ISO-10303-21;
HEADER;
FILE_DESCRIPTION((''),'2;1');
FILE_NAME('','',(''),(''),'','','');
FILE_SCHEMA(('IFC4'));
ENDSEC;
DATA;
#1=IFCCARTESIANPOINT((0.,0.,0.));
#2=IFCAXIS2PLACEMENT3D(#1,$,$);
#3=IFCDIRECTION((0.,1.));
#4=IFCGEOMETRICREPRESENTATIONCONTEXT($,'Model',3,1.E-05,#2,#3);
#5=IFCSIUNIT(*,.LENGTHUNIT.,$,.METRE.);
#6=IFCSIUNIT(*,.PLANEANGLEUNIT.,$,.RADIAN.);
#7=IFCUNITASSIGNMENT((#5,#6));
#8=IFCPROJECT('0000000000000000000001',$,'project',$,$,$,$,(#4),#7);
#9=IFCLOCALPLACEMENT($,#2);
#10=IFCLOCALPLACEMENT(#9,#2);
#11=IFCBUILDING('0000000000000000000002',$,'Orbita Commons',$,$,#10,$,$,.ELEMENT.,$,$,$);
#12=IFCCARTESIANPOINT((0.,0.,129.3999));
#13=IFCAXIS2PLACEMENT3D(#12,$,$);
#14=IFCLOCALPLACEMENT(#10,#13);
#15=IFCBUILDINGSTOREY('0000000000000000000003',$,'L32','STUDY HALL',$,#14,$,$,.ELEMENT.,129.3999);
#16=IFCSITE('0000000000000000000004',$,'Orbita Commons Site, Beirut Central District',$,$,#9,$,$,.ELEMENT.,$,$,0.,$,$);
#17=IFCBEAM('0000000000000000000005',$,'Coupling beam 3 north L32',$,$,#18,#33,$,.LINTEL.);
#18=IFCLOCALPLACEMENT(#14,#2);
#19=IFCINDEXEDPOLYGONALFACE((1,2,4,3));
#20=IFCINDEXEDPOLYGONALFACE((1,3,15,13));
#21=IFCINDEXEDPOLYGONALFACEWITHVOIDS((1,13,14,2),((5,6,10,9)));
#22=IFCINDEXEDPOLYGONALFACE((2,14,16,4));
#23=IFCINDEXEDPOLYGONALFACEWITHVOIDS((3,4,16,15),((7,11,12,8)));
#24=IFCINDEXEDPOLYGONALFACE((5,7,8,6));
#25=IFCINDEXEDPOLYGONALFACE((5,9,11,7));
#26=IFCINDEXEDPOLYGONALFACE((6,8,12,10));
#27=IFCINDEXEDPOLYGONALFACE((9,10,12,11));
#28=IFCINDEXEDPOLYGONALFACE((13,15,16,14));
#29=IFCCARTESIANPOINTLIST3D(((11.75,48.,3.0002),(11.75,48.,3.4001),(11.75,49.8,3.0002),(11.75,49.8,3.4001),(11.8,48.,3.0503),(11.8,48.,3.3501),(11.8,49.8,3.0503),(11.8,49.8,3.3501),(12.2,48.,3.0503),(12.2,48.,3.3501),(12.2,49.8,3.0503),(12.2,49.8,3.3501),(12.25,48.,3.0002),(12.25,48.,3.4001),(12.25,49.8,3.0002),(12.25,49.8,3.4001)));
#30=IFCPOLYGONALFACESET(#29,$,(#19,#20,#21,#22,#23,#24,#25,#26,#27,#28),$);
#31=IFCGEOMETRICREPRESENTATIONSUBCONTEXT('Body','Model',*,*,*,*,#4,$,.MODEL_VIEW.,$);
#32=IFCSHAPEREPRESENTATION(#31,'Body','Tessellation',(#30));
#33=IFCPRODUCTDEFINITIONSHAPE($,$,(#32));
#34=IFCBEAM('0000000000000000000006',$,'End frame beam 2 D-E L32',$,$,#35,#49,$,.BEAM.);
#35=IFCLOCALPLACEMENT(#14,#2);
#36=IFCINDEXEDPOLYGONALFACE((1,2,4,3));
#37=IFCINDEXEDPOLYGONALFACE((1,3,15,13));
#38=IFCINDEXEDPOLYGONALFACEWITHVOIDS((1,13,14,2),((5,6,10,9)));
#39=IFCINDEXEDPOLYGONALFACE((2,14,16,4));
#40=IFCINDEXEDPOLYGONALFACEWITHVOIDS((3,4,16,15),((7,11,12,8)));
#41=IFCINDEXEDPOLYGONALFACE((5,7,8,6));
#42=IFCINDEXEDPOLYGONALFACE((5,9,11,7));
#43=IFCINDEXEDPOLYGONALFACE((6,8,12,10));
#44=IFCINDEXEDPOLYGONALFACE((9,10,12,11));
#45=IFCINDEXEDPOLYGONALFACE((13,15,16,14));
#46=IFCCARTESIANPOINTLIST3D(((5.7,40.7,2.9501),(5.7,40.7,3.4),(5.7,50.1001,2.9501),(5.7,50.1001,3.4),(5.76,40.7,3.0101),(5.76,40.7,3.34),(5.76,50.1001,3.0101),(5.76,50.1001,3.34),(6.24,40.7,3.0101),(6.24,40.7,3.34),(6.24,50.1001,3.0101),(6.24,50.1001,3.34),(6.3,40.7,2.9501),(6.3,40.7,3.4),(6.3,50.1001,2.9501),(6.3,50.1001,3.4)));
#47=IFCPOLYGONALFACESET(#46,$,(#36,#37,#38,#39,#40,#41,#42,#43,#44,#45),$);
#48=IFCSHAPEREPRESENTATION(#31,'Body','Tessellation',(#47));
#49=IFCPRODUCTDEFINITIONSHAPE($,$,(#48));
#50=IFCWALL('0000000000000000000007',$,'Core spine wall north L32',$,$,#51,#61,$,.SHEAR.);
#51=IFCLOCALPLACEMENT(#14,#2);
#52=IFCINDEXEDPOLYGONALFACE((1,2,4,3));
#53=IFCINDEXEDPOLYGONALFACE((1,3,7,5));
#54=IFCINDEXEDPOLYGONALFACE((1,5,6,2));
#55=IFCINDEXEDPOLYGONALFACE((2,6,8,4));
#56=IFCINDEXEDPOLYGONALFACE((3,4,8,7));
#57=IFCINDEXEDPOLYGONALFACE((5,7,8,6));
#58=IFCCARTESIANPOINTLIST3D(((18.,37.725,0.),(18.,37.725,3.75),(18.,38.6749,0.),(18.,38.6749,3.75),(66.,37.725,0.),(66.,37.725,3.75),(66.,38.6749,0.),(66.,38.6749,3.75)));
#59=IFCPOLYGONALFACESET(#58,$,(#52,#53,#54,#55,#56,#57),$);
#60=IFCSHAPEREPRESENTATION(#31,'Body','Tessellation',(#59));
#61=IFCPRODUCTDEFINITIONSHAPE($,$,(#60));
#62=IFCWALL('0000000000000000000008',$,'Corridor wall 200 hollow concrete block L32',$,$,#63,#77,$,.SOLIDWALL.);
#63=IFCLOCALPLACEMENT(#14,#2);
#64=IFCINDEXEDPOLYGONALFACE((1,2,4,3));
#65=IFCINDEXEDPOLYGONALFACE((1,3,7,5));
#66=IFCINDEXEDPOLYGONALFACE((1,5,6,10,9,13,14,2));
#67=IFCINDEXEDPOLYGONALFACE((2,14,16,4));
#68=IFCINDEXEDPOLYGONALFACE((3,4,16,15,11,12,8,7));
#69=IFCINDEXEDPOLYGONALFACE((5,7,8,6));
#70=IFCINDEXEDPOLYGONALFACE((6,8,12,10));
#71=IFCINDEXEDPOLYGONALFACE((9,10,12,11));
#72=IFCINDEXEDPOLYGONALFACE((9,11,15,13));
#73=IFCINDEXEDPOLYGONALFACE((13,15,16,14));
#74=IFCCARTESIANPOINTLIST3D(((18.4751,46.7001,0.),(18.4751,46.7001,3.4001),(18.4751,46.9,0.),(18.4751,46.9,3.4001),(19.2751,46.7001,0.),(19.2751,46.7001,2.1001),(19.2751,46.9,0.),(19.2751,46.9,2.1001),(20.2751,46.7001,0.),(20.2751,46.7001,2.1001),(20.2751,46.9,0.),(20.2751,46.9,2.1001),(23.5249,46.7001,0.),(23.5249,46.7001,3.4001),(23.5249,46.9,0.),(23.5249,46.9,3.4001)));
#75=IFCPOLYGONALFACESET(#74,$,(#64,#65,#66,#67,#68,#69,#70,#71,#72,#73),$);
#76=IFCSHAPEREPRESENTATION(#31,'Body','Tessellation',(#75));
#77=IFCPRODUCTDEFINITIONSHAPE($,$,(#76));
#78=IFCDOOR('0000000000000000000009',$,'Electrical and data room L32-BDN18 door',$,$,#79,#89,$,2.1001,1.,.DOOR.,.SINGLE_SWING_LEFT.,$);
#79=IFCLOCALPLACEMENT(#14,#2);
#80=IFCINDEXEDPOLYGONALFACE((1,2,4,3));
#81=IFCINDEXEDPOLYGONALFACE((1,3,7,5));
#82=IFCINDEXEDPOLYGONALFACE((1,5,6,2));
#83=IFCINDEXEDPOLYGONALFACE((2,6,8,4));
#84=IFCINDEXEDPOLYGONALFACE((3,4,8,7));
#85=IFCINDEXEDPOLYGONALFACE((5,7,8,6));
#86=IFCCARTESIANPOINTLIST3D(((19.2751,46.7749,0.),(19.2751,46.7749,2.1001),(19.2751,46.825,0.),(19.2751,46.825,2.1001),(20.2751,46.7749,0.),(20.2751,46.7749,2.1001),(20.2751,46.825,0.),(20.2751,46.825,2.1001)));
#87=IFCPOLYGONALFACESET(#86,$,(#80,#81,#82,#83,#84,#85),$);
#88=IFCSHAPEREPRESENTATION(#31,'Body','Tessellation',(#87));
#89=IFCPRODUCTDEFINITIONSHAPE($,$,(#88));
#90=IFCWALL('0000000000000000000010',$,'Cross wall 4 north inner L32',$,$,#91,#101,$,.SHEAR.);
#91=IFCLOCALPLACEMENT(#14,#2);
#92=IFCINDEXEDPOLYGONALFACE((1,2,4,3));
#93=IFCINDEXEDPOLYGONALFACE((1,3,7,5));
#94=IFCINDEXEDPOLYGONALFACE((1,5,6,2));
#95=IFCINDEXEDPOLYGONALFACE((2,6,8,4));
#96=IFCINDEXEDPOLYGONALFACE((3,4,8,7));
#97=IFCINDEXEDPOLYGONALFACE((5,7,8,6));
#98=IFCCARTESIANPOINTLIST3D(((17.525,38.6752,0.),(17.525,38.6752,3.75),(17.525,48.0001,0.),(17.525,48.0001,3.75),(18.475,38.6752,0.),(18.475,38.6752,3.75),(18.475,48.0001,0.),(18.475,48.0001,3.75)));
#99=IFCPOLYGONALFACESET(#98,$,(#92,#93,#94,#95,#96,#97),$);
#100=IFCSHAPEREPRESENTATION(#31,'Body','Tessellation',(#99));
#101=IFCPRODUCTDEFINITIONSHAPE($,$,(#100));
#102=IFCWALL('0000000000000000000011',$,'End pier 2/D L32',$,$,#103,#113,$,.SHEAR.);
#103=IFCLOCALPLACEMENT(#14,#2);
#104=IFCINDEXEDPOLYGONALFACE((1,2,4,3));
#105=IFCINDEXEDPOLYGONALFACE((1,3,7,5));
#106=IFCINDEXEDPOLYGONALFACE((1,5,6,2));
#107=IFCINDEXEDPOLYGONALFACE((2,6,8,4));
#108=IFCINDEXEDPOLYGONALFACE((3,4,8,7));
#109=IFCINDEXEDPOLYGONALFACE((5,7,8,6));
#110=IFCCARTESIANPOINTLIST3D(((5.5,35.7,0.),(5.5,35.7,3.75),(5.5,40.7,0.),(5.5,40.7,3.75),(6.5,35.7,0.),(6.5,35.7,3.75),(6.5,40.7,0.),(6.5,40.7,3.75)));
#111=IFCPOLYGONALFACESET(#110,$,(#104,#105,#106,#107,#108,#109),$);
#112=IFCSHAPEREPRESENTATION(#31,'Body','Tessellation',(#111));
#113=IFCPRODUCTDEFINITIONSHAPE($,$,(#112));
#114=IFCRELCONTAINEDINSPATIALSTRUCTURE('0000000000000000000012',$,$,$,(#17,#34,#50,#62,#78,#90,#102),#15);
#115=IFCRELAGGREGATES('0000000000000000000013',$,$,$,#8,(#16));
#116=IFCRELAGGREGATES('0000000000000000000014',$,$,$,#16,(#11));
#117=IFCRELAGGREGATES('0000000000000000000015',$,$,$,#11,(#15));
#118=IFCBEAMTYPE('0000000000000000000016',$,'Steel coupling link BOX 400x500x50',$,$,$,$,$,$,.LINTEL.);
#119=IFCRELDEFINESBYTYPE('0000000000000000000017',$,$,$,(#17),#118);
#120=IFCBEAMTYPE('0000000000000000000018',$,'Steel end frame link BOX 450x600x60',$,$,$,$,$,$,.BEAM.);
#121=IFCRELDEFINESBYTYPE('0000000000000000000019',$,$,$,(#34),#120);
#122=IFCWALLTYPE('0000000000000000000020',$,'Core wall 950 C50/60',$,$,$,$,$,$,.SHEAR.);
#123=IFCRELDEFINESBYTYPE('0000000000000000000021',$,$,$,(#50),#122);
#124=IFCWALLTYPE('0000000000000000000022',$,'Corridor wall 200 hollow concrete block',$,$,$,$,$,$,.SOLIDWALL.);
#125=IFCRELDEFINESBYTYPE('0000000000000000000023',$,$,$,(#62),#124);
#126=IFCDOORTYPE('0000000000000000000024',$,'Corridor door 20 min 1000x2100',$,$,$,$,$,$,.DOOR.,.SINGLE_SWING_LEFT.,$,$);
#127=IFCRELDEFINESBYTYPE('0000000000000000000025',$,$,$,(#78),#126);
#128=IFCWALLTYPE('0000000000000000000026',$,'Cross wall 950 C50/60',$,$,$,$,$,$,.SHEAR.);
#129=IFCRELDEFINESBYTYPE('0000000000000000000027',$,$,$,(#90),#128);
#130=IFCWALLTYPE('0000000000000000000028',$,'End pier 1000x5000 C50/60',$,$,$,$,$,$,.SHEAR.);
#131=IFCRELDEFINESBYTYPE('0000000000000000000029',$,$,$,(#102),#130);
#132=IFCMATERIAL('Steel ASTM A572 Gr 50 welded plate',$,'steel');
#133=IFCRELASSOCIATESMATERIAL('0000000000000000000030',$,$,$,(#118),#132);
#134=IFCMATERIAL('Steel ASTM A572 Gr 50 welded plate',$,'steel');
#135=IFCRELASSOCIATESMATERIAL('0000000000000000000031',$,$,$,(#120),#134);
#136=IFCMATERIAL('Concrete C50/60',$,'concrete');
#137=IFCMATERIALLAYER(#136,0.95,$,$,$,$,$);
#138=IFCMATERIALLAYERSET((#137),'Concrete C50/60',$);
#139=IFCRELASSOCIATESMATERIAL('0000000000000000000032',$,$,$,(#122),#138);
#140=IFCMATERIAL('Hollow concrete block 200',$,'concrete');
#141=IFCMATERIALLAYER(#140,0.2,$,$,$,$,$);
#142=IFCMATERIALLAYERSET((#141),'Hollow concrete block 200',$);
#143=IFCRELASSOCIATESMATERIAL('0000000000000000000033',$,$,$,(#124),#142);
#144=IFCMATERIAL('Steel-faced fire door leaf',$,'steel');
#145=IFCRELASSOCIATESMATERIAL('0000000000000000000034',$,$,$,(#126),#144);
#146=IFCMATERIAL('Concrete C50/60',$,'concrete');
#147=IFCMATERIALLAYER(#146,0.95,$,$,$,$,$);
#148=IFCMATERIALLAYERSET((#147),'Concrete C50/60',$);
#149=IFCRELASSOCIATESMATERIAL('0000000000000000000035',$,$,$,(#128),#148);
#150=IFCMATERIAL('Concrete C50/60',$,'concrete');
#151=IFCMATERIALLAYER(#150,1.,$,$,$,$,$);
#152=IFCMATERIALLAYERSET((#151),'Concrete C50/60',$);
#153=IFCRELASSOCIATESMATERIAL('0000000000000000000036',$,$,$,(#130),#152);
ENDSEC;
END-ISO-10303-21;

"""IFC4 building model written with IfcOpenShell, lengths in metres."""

from ifc_helpers import new_model, si_unit, direction, frame, frame_2d, origin, origin_2d, place, context, subcontext, project, spatial, rectangle, hollow_rectangle, extrude, material, layer, layer_set, material_profile, profile_set, type_object, element, fill, save


model = new_model("IFC4")

# Units and contexts
model_context = context("Model", 3, precision=1e-05, world=origin(), true_north=direction((0.0, 1.0)))
body_context = subcontext(model_context, "Body", "Model", "MODEL_VIEW")
ifc_project = project(units=[si_unit("LENGTHUNIT", "METRE"), si_unit("PLANEANGLEUNIT", "RADIAN")], contexts=[model_context])

# Site, building, storey
site_placement = place(None, origin())
site = spatial("IfcSite", under=ifc_project, at=site_placement, Name="Orbita Commons Site, Beirut Central District", CompositionType="ELEMENT", RefElevation=0.0)
building_placement = place(site_placement, origin())
building = spatial("IfcBuilding", under=site, at=building_placement, Name="Orbita Commons", CompositionType="ELEMENT")
storey_placement = place(building_placement, frame((0.0, 0.0, 129.3999)))
storey = spatial("IfcBuildingStorey", under=building, at=storey_placement, Name="L32", Description="STUDY HALL", CompositionType="ELEMENT", Elevation=129.3999)

# Beams
ifc_material_1 = material(Name="Steel ASTM A572 Gr 50 welded plate", Category="steel")
ifc_material_profile_1 = material_profile(ifc_material_1, hollow_rectangle(XDim=0.5, YDim=0.3999, WallThickness=0.05, at=origin_2d()), Name="BOX 400x500x50")
ifc_profile_set_1 = profile_set([ifc_material_profile_1], Name="Steel ASTM A572 Gr 50 welded plate")
beam_type_1 = type_object("IfcBeamType", Name="Steel coupling link BOX 400x500x50", PredefinedType="LINTEL", material=ifc_profile_set_1)
beam_1_placement = place(storey_placement, frame((12.0, 48.0, 3.2002), z_axis=(0.0, 1.0, 0.0), x_axis=(-1.0, 0.0, 0.0)))
element("IfcBeam", 1, at=beam_1_placement, inside=storey, type_object=beam_type_1, Name="Coupling beam 3 north L32", PredefinedType="LINTEL", context=body_context, shape_type="SweptSolid", body=[
    extrude(hollow_rectangle(XDim=0.5, YDim=0.3999, WallThickness=0.05, at=origin_2d()), origin(), (0.0, 0.0, 1.0), 1.8),
])
ifc_material_2 = material(Name="Steel ASTM A572 Gr 50 welded plate", Category="steel")
ifc_material_profile_2 = material_profile(ifc_material_2, hollow_rectangle(XDim=0.6001, YDim=0.45, WallThickness=0.0601, at=origin_2d()), Name="BOX 450x600x60")
ifc_profile_set_2 = profile_set([ifc_material_profile_2], Name="Steel ASTM A572 Gr 50 welded plate")
beam_type_2 = type_object("IfcBeamType", Name="Steel end frame link BOX 450x600x60", PredefinedType="BEAM", material=ifc_profile_set_2)
beam_2_placement = place(storey_placement, frame((6.0, 40.7, 3.175), z_axis=(0.0, 1.0, 0.0), x_axis=(-1.0, 0.0, 0.0)))
element("IfcBeam", 2, at=beam_2_placement, inside=storey, type_object=beam_type_2, Name="End frame beam 2 D-E L32", PredefinedType="BEAM", context=body_context, shape_type="SweptSolid", body=[
    extrude(hollow_rectangle(XDim=0.6001, YDim=0.45, WallThickness=0.0601, at=origin_2d()), origin(), (0.0, 0.0, 1.0), 9.4001),
])

# Wall
ifc_material_3 = material(Name="Concrete C50/60", Category="concrete")
ifc_layer_1 = layer(ifc_material_3, 0.95)
ifc_layer_set_1 = layer_set([ifc_layer_1], Name="Concrete C50/60")
wall_type_1 = type_object("IfcWallType", Name="Core wall 950 C50/60", PredefinedType="SHEAR", material=ifc_layer_set_1)
wall_1_placement = place(storey_placement, frame((18.0, 38.2, 0.0), z_axis=(0.0, 0.0, 1.0), x_axis=(1.0, 0.0, 0.0)))
element("IfcWall", 3, at=wall_1_placement, inside=storey, type_object=wall_type_1, Name="Core spine wall north L32", PredefinedType="SHEAR", context=body_context, shape_type="SweptSolid", body=[
    extrude(rectangle(XDim=48.0, YDim=0.95, at=frame_2d((24.0, 0.0))), origin(), (0.0, 0.0, 1.0), 3.75),
])

# Wall, opening, door
ifc_material_4 = material(Name="Hollow concrete block 200", Category="concrete")
ifc_layer_2 = layer(ifc_material_4, 0.2)
ifc_layer_set_2 = layer_set([ifc_layer_2], Name="Hollow concrete block 200")
wall_type_2 = type_object("IfcWallType", Name="Corridor wall 200 hollow concrete block", PredefinedType="SOLIDWALL", material=ifc_layer_set_2)
wall_2_placement = place(storey_placement, frame((18.4751, 46.8, 0.0), z_axis=(0.0, 0.0, 1.0), x_axis=(1.0, 0.0, 0.0)))
wall_2 = element("IfcWall", 4, at=wall_2_placement, inside=storey, type_object=wall_type_2, Name="Corridor wall 200 hollow concrete block L32", PredefinedType="SOLIDWALL", context=body_context, shape_type="SweptSolid", body=[
    extrude(rectangle(XDim=5.0498, YDim=0.2, at=frame_2d((2.5249, 0.0))), origin(), (0.0, 0.0, 1.0), 3.4001),
])
opening_1_placement = place(wall_2_placement, frame((0.8, 0.0, 0.0)))
opening_1 = element("IfcOpeningElement", 5, at=opening_1_placement, cuts=wall_2, PredefinedType="OPENING", context=body_context, shape_type="SweptSolid", body=[
    extrude(rectangle(XDim=1.0, YDim=2.1001, at=frame_2d((0.5, 1.05))), frame((0.0, 0.1099, 0.0), z_axis=(0.0, -1.0, 0.0), x_axis=(1.0, 0.0, 0.0)), (0.0, 0.0, 1.0), 0.22),
])
ifc_material_5 = material(Name="Steel-faced fire door leaf", Category="steel")
door_type = type_object("IfcDoorType", Name="Corridor door 20 min 1000x2100", OperationType="SINGLE_SWING_LEFT", PredefinedType="DOOR", material=ifc_material_5)
door_placement = place(opening_1_placement, origin())
door = element("IfcDoor", 6, at=door_placement, inside=storey, type_object=door_type, Name="Electrical and data room L32-BDN18 door", OperationType="SINGLE_SWING_LEFT", OverallHeight=2.1001, OverallWidth=1.0, PredefinedType="DOOR", context=body_context, shape_type="SweptSolid", body=[
    extrude(rectangle(XDim=1.0, YDim=2.1001, at=frame_2d((0.5, 1.05))), frame((0.0, 0.0249, 0.0), z_axis=(0.0, -1.0, 0.0), x_axis=(1.0, 0.0, 0.0)), (0.0, 0.0, 1.0), 0.05),
])
fill(opening_1, door)

# Walls
ifc_material_6 = material(Name="Concrete C50/60", Category="concrete")
ifc_layer_3 = layer(ifc_material_6, 0.95)
ifc_layer_set_3 = layer_set([ifc_layer_3], Name="Concrete C50/60")
wall_type_3 = type_object("IfcWallType", Name="Cross wall 950 C50/60", PredefinedType="SHEAR", material=ifc_layer_set_3)
wall_3_placement = place(storey_placement, frame((18.0, 38.675, 0.0), z_axis=(0.0, 0.0, 1.0), x_axis=(0.0, 1.0, 0.0)))
element("IfcWall", 7, at=wall_3_placement, inside=storey, type_object=wall_type_3, Name="Cross wall 4 north inner L32", PredefinedType="SHEAR", context=body_context, shape_type="SweptSolid", body=[
    extrude(rectangle(XDim=9.325, YDim=0.95, at=frame_2d((4.6626, 0.0))), origin(), (0.0, 0.0, 1.0), 3.75),
])
ifc_material_7 = material(Name="Concrete C50/60", Category="concrete")
ifc_layer_4 = layer(ifc_material_7, 1.0)
ifc_layer_set_4 = layer_set([ifc_layer_4], Name="Concrete C50/60")
wall_type_4 = type_object("IfcWallType", Name="End pier 1000x5000 C50/60", PredefinedType="SHEAR", material=ifc_layer_set_4)
wall_4_placement = place(storey_placement, frame((6.0, 35.7, 0.0), z_axis=(0.0, 0.0, 1.0), x_axis=(0.0, 1.0, 0.0)))
element("IfcWall", 8, at=wall_4_placement, inside=storey, type_object=wall_type_4, Name="End pier 2/D L32", PredefinedType="SHEAR", context=body_context, shape_type="SweptSolid", body=[
    extrude(rectangle(XDim=5.0, YDim=1.0, at=frame_2d((2.5, 0.0))), origin(), (0.0, 0.0, 1.0), 3.75),
])

save(model, "model.ifc")
